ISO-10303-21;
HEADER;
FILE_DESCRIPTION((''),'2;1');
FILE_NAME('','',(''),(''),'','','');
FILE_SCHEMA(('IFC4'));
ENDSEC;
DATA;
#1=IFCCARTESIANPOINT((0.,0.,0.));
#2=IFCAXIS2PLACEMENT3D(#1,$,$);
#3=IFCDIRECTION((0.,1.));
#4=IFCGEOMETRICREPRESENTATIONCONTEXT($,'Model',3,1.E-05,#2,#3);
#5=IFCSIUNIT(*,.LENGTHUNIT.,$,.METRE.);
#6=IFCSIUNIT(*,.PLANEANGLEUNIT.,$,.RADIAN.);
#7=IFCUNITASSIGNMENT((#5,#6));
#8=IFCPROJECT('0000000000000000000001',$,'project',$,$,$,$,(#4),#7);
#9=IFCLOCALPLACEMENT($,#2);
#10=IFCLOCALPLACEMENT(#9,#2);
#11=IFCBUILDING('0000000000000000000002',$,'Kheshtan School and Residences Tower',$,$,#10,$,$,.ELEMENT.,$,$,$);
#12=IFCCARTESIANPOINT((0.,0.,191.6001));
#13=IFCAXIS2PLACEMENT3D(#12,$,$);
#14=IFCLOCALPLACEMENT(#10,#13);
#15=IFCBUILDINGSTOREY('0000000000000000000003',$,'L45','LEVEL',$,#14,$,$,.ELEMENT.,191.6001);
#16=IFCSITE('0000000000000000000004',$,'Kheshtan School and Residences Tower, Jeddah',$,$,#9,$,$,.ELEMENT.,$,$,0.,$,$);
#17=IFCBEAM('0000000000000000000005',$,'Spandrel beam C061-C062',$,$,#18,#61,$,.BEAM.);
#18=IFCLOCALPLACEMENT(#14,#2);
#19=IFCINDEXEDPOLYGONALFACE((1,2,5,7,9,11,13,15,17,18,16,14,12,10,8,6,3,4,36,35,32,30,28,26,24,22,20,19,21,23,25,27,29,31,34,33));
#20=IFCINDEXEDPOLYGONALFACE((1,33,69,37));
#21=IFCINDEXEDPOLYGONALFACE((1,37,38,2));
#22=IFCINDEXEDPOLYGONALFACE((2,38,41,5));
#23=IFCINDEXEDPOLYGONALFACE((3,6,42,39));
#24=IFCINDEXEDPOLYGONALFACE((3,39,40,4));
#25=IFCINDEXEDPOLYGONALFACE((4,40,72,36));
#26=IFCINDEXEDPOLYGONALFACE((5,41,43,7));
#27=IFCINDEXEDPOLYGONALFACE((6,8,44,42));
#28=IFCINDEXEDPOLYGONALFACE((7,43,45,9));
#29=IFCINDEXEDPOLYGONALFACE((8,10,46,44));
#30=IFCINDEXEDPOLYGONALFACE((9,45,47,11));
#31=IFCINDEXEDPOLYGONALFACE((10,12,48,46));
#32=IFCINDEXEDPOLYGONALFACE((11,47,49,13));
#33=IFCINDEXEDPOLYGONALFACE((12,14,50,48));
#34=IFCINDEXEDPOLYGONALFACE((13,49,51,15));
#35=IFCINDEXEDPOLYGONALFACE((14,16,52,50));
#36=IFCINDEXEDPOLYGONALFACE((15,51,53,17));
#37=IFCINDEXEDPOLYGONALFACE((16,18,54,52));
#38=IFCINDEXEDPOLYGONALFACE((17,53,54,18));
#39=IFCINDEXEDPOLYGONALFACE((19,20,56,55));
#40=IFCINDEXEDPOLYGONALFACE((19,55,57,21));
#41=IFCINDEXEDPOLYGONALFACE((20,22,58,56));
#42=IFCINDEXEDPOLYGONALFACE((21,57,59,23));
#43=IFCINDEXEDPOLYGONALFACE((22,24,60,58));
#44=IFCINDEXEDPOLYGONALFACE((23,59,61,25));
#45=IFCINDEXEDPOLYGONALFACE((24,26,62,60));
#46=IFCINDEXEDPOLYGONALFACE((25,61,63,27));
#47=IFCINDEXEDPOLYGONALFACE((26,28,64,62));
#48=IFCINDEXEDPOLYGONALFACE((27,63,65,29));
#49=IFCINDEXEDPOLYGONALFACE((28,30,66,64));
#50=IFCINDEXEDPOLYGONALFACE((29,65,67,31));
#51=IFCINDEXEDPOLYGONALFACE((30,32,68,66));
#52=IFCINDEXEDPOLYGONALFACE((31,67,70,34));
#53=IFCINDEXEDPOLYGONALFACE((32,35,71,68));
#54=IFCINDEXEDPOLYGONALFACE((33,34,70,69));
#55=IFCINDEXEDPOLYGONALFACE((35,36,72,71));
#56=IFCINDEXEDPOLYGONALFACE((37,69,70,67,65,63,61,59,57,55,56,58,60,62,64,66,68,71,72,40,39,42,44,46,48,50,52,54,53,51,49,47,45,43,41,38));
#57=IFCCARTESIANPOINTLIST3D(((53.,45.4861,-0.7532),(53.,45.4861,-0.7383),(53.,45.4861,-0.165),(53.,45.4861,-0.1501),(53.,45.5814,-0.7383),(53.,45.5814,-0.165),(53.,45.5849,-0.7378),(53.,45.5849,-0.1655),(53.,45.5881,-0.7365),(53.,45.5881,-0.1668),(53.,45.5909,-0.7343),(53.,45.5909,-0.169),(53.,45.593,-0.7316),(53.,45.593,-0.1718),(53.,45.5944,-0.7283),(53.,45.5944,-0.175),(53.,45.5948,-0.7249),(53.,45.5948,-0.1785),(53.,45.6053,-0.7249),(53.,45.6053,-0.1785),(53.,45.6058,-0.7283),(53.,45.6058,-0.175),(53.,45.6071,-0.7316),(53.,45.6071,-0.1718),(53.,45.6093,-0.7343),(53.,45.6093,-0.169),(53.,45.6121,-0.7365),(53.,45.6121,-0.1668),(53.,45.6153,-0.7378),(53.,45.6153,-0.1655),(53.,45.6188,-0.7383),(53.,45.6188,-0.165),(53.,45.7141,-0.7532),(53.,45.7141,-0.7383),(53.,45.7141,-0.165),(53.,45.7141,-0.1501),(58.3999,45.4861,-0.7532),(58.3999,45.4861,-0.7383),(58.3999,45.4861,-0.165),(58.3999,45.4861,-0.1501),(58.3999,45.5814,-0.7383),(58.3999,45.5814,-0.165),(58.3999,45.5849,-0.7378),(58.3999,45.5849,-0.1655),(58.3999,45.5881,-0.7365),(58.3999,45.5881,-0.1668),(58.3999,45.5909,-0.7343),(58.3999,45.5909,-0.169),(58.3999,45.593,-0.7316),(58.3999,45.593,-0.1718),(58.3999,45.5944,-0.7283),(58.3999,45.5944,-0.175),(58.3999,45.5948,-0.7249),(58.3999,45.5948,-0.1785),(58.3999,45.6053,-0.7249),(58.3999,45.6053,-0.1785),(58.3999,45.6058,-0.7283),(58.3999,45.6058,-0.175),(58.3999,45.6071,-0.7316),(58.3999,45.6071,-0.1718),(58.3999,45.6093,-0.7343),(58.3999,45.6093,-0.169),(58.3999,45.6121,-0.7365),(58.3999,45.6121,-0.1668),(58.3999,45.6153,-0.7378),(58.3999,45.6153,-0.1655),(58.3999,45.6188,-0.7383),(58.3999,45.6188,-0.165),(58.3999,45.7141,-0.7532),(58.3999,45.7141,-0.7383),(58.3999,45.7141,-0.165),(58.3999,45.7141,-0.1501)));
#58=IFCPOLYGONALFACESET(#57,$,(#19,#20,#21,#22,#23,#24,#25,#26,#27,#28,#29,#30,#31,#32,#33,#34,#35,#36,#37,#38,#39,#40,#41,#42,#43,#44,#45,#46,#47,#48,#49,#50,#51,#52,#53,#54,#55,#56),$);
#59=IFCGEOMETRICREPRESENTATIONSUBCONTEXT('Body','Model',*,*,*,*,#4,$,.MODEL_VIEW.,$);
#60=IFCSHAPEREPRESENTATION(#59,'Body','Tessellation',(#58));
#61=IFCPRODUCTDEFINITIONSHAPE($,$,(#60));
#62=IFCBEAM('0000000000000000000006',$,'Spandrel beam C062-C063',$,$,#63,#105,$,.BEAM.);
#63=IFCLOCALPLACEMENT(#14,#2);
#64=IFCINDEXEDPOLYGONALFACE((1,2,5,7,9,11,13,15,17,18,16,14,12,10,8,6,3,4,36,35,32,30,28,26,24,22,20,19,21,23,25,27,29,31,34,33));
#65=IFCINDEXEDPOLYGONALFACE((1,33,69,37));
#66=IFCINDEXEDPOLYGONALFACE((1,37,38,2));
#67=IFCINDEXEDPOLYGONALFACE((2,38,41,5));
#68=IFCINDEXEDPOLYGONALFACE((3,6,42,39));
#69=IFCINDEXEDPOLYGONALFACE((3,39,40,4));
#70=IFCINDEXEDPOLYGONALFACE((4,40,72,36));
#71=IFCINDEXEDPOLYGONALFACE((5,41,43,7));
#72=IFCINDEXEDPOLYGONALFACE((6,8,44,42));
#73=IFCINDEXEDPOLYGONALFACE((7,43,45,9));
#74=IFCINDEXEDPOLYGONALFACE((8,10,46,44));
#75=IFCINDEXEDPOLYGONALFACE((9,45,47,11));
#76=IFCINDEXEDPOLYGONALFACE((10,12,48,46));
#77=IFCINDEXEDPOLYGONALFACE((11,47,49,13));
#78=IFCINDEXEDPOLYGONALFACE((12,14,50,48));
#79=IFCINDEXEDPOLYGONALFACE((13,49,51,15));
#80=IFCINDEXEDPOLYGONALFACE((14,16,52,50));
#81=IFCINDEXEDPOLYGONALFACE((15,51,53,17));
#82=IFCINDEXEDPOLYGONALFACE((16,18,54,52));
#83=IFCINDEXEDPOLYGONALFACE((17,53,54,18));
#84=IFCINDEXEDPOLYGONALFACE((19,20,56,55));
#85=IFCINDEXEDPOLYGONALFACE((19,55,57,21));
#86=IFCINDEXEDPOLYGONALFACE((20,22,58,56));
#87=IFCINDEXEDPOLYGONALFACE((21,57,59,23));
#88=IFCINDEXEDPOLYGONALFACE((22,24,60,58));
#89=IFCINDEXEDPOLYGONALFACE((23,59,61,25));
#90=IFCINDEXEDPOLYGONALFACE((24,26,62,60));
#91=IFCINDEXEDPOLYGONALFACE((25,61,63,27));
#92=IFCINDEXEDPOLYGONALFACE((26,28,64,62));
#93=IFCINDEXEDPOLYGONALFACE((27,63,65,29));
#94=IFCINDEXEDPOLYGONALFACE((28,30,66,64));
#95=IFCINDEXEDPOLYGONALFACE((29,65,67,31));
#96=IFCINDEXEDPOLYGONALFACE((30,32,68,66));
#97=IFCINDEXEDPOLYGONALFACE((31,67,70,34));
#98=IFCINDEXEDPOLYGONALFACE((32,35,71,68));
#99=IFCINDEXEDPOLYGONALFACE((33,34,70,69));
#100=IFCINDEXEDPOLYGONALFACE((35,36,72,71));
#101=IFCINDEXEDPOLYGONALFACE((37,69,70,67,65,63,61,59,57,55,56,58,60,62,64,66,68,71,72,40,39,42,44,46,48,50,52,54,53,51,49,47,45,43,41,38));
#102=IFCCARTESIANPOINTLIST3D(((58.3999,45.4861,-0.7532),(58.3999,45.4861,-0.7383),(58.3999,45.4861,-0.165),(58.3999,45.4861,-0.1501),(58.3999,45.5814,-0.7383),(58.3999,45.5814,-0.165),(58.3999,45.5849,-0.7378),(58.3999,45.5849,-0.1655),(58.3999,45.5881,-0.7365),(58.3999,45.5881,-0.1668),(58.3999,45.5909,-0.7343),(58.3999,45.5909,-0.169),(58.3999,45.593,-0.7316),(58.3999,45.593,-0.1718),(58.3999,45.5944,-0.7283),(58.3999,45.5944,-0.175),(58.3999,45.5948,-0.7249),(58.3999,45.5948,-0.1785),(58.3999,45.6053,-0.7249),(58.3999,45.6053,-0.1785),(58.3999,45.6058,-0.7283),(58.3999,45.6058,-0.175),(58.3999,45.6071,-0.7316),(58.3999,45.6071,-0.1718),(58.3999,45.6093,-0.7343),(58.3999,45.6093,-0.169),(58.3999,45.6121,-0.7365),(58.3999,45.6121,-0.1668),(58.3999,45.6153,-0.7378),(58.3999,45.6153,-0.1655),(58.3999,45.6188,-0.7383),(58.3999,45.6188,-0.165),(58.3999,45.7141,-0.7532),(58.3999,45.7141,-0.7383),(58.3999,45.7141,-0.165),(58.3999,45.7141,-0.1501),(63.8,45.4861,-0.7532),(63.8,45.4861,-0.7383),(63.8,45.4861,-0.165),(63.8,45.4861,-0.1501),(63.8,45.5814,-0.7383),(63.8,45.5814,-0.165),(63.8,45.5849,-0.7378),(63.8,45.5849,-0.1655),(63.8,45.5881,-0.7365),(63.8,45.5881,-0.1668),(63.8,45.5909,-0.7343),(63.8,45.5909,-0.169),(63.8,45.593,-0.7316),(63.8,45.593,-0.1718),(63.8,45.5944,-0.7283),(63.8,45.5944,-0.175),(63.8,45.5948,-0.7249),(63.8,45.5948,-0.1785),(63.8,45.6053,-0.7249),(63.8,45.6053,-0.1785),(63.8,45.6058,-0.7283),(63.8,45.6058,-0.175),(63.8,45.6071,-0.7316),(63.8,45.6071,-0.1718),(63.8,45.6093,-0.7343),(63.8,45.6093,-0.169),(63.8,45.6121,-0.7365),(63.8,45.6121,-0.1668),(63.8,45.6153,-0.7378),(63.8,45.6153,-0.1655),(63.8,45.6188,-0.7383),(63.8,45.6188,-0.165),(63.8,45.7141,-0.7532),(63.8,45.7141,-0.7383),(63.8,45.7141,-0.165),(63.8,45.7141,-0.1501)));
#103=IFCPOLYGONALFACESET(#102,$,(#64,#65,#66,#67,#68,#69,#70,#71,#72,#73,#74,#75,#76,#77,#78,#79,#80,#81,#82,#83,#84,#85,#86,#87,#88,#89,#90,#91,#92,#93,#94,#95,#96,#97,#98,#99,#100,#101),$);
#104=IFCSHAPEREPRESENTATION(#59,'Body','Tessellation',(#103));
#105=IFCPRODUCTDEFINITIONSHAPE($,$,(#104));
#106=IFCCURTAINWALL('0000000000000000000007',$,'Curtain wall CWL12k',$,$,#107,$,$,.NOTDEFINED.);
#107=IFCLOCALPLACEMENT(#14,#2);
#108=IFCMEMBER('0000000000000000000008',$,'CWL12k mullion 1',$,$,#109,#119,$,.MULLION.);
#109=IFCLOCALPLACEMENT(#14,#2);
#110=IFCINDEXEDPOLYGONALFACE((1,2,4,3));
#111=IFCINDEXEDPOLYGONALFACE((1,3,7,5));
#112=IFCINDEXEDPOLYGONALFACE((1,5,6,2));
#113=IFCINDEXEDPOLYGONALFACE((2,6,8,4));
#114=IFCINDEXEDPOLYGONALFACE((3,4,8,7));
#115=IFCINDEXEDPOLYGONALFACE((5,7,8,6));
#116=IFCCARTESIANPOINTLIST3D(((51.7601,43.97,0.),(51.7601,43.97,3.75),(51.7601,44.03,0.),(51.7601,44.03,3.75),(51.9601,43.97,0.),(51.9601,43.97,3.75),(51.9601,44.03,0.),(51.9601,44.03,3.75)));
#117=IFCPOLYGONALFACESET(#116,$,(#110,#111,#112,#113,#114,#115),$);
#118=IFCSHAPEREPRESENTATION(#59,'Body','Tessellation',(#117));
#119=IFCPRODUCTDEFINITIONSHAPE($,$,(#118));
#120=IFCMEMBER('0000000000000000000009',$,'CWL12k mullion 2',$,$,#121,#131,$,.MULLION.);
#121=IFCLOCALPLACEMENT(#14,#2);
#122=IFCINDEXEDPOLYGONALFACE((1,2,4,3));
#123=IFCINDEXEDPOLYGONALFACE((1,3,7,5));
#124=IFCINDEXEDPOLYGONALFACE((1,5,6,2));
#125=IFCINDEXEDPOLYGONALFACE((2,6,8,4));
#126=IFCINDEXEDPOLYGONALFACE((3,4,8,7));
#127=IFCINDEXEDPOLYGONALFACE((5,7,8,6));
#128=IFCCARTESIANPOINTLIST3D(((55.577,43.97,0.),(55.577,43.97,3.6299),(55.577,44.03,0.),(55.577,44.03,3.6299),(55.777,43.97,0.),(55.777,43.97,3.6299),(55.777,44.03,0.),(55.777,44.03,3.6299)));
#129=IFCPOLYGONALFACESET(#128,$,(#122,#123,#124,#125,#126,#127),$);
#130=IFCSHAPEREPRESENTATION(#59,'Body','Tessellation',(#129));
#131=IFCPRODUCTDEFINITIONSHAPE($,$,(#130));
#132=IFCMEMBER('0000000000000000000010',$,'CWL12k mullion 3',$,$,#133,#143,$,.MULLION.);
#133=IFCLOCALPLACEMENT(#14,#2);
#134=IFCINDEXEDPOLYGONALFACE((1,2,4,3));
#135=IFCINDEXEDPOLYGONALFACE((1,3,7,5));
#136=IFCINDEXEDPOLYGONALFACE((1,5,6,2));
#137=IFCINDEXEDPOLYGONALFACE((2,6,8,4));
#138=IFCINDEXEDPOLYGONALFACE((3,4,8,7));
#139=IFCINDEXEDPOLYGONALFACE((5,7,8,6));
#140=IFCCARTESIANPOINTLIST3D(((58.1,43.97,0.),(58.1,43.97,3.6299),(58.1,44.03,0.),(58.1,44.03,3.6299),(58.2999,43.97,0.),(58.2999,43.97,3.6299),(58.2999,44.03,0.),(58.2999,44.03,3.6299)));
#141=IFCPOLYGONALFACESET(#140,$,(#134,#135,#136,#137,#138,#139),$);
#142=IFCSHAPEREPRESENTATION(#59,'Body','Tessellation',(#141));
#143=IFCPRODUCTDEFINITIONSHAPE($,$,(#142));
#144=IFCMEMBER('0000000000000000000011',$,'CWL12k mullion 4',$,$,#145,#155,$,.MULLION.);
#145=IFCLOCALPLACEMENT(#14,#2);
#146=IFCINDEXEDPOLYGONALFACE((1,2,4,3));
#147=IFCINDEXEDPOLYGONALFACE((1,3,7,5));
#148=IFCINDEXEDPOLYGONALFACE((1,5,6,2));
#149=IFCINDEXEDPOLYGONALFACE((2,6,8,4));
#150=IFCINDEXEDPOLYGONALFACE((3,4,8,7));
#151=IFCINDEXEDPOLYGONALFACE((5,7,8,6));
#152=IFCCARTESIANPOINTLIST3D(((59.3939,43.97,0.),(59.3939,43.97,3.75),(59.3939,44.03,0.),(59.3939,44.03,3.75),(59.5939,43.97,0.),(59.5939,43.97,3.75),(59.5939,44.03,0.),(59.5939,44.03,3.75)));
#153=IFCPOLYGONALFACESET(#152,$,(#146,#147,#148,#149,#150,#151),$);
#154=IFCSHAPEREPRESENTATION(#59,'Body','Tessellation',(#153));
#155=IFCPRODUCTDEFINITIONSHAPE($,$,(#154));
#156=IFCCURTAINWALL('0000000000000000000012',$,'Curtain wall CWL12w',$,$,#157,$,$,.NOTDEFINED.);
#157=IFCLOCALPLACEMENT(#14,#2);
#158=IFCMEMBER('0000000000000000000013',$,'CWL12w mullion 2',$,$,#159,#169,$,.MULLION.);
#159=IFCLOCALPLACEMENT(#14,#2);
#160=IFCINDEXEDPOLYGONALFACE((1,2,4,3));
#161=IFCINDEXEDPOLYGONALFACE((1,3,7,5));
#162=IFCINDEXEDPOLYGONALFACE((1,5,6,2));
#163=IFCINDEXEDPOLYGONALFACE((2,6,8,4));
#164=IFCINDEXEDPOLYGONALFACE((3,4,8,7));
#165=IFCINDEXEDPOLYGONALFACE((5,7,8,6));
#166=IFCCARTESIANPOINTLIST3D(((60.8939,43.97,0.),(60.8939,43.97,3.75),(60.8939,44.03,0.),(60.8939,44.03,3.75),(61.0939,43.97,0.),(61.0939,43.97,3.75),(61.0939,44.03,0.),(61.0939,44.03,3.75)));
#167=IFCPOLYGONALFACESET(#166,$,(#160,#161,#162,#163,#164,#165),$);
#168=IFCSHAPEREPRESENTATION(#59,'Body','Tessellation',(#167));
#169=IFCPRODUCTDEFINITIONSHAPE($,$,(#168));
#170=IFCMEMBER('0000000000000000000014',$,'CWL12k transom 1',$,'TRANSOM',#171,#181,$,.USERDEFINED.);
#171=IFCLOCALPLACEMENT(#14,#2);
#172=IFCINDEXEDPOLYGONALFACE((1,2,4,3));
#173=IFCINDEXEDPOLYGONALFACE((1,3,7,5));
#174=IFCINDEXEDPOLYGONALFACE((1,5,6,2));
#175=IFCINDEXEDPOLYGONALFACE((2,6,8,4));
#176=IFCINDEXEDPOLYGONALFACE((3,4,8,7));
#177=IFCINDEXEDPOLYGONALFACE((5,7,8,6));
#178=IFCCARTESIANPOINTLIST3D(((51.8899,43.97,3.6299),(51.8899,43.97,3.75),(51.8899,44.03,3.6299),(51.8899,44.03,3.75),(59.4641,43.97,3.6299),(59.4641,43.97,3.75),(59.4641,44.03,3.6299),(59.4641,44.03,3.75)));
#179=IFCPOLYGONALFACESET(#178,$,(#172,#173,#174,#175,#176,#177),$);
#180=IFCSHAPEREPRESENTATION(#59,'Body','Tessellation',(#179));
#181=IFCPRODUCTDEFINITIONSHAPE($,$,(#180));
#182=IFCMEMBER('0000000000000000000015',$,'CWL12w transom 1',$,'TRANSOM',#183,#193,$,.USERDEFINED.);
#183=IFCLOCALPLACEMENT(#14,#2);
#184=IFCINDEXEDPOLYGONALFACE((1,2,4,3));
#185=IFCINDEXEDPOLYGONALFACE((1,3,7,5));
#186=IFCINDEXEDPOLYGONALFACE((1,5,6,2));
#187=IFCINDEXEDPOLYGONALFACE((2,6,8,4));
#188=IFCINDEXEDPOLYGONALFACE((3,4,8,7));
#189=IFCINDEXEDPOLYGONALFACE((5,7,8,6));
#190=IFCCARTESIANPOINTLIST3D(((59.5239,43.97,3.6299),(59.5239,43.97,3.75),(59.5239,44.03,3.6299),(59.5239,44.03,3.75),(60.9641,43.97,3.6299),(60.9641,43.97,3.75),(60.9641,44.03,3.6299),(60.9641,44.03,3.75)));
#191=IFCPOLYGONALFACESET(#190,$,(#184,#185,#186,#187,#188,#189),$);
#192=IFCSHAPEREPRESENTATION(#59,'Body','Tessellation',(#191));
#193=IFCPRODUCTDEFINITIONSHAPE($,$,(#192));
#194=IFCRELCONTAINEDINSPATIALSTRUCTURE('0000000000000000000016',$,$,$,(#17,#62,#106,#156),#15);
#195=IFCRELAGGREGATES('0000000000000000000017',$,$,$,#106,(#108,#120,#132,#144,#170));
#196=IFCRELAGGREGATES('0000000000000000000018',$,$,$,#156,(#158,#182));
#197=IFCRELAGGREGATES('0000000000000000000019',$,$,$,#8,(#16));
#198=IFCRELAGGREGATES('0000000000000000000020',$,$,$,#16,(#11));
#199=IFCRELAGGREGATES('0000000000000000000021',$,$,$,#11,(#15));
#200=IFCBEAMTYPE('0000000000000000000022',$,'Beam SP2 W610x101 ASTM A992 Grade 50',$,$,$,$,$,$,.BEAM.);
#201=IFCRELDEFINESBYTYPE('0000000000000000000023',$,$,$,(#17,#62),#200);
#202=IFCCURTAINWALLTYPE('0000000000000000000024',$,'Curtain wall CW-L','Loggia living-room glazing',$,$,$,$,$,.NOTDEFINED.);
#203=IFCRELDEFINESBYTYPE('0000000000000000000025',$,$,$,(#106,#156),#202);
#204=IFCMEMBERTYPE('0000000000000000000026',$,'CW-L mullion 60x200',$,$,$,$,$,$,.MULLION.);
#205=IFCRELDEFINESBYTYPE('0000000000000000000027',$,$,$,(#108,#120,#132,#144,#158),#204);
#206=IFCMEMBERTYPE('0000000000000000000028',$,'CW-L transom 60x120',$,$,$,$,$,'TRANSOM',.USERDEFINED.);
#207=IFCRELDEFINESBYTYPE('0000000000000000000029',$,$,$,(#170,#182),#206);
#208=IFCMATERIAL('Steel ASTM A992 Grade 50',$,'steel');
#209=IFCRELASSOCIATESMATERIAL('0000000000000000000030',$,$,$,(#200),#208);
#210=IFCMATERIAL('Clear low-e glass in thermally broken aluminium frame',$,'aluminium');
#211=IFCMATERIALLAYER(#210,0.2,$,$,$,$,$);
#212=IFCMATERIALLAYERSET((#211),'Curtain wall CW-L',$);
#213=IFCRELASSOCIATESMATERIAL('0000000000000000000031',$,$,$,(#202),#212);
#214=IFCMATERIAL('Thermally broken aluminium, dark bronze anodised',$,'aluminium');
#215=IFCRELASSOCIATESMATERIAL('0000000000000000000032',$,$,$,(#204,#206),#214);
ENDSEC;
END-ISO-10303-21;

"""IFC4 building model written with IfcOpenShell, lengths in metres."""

from ifc_helpers import new_model, si_unit, direction, frame, origin, origin_2d, place, context, subcontext, project, spatial, rectangle, i_section, extrude, material, layer, layer_set, material_profile, profile_set, type_object, element, aggregate, save


model = new_model("IFC4")

# Units and contexts
model_context = context("Model", 3, precision=1e-05, world=origin(), true_north=direction((0.0, 1.0)))
body_context = subcontext(model_context, "Body", "Model", "MODEL_VIEW")
ifc_project = project(units=[si_unit("LENGTHUNIT", "METRE"), si_unit("PLANEANGLEUNIT", "RADIAN")], contexts=[model_context])

# Site, building, storey
site_placement = place(None, origin())
site = spatial("IfcSite", under=ifc_project, at=site_placement, Name="Kheshtan School and Residences Tower, Jeddah", CompositionType="ELEMENT", RefElevation=0.0)
building_placement = place(site_placement, origin())
building = spatial("IfcBuilding", under=site, at=building_placement, Name="Kheshtan School and Residences Tower", CompositionType="ELEMENT")
storey_placement = place(building_placement, frame((0.0, 0.0, 191.6001)))
storey = spatial("IfcBuildingStorey", under=building, at=storey_placement, Name="L45", Description="LEVEL", CompositionType="ELEMENT", Elevation=191.6001)

# Shared definitions
ifc_material_1 = material(Name="Steel ASTM A992 Grade 50", Category="steel")

# Beams
ifc_material_profile_1 = material_profile(ifc_material_1, i_section(OverallWidth=0.228, OverallDepth=0.603, WebThickness=0.0105, FlangeThickness=0.0149, FilletRadius=0.0134, at=origin_2d()), Name="W610x101")
ifc_profile_set_1 = profile_set([ifc_material_profile_1], Name="Steel ASTM A992 Grade 50")
beam_type = type_object("IfcBeamType", Name="Beam SP2 W610x101 ASTM A992 Grade 50", PredefinedType="BEAM", material=ifc_profile_set_1)
beam_1_placement = place(storey_placement, frame((53.0, 45.6001, -0.4517), z_axis=(1.0, 0.0, 0.0), x_axis=(0.0, 1.0, 0.0)))
element("IfcBeam", 1, at=beam_1_placement, inside=storey, type_object=beam_type, Name="Spandrel beam C061-C062", PredefinedType="BEAM", context=body_context, shape_type="SweptSolid", body=[
    extrude(i_section(OverallWidth=0.228, OverallDepth=0.603, WebThickness=0.0105, FlangeThickness=0.0149, FilletRadius=0.0134, at=origin_2d()), origin(), (0.0, 0.0, 1.0), 5.3999),
])
beam_2_placement = place(storey_placement, frame((58.3999, 45.6001, -0.4517), z_axis=(1.0, 0.0, 0.0), x_axis=(0.0, 1.0, 0.0)))
element("IfcBeam", 2, at=beam_2_placement, inside=storey, type_object=beam_type, Name="Spandrel beam C062-C063", PredefinedType="BEAM", context=body_context, shape_type="SweptSolid", body=[
    extrude(i_section(OverallWidth=0.228, OverallDepth=0.603, WebThickness=0.0105, FlangeThickness=0.0149, FilletRadius=0.0134, at=origin_2d()), origin(), (0.0, 0.0, 1.0), 5.4001),
])

# Curtain wall, members
ifc_material_2 = material(Name="Clear low-e glass in thermally broken aluminium frame", Category="aluminium")
ifc_layer_1 = layer(ifc_material_2, 0.2)
ifc_layer_set_1 = layer_set([ifc_layer_1], Name="Curtain wall CW-L")
curtain_wall_type = type_object("IfcCurtainWallType", Name="Curtain wall CW-L", Description="Loggia living-room glazing", PredefinedType="NOTDEFINED", material=ifc_layer_set_1)
curtain_wall_1_placement = place(storey_placement, origin())
curtain_wall_1 = element("IfcCurtainWall", 3, at=curtain_wall_1_placement, inside=storey, type_object=curtain_wall_type, Name="Curtain wall CWL12k", PredefinedType="NOTDEFINED")
ifc_material_3 = material(Name="Thermally broken aluminium, dark bronze anodised", Category="aluminium")
ifc_material_profile_2 = material_profile(ifc_material_3, rectangle(XDim=0.0601, YDim=0.2, at=origin_2d()), Name="CW-L mullion 60x200")
ifc_profile_set_2 = profile_set([ifc_material_profile_2], Name="Thermally broken aluminium, dark bronze anodised")
member_type_1 = type_object("IfcMemberType", Name="CW-L mullion 60x200", PredefinedType="MULLION", material=ifc_profile_set_2)
member_1_placement = place(storey_placement, frame((51.8601, 44.0, 0.0), z_axis=(0.0, 0.0, 1.0), x_axis=(0.0, 1.0, 0.0)))
member_1 = element("IfcMember", 4, at=member_1_placement, type_object=member_type_1, Name="CWL12k mullion 1", PredefinedType="MULLION", context=body_context, shape_type="SweptSolid", body=[
    extrude(rectangle(XDim=0.0601, YDim=0.2, at=origin_2d()), origin(), (0.0, 0.0, 1.0), 3.75),
])
member_2_placement = place(storey_placement, frame((55.677, 44.0, 0.0), z_axis=(0.0, 0.0, 1.0), x_axis=(0.0, 1.0, 0.0)))
member_2 = element("IfcMember", 5, at=member_2_placement, type_object=member_type_1, Name="CWL12k mullion 2", PredefinedType="MULLION", context=body_context, shape_type="SweptSolid", body=[
    extrude(rectangle(XDim=0.0601, YDim=0.2, at=origin_2d()), origin(), (0.0, 0.0, 1.0), 3.6299),
])
member_3_placement = place(storey_placement, frame((58.2, 44.0, 0.0), z_axis=(0.0, 0.0, 1.0), x_axis=(0.0, 1.0, 0.0)))
member_3 = element("IfcMember", 6, at=member_3_placement, type_object=member_type_1, Name="CWL12k mullion 3", PredefinedType="MULLION", context=body_context, shape_type="SweptSolid", body=[
    extrude(rectangle(XDim=0.0601, YDim=0.2, at=origin_2d()), origin(), (0.0, 0.0, 1.0), 3.6299),
])
member_4_placement = place(storey_placement, frame((59.4939, 44.0, 0.0), z_axis=(0.0, 0.0, 1.0), x_axis=(0.0, 1.0, 0.0)))
member_4 = element("IfcMember", 7, at=member_4_placement, type_object=member_type_1, Name="CWL12k mullion 4", PredefinedType="MULLION", context=body_context, shape_type="SweptSolid", body=[
    extrude(rectangle(XDim=0.0601, YDim=0.2, at=origin_2d()), origin(), (0.0, 0.0, 1.0), 3.75),
])

# Curtain wall, member
curtain_wall_2_placement = place(storey_placement, origin())
curtain_wall_2 = element("IfcCurtainWall", 8, at=curtain_wall_2_placement, inside=storey, type_object=curtain_wall_type, Name="Curtain wall CWL12w", PredefinedType="NOTDEFINED")
member_5_placement = place(storey_placement, frame((60.9939, 44.0, 0.0), z_axis=(0.0, 0.0, 1.0), x_axis=(0.0, 1.0, 0.0)))
member_5 = element("IfcMember", 9, at=member_5_placement, type_object=member_type_1, Name="CWL12w mullion 2", PredefinedType="MULLION", context=body_context, shape_type="SweptSolid", body=[
    extrude(rectangle(XDim=0.0601, YDim=0.2, at=origin_2d()), origin(), (0.0, 0.0, 1.0), 3.75),
])

# Members
ifc_material_profile_3 = material_profile(ifc_material_3, rectangle(XDim=0.0601, YDim=0.1201, at=origin_2d()), Name="CW-L transom 60x120")
ifc_profile_set_3 = profile_set([ifc_material_profile_3], Name="Thermally broken aluminium, dark bronze anodised")
member_type_2 = type_object("IfcMemberType", Name="CW-L transom 60x120", ElementType="TRANSOM", PredefinedType="USERDEFINED", material=ifc_profile_set_3)
member_6_placement = place(storey_placement, frame((51.8899, 44.0, 3.6899), z_axis=(1.0, 0.0, 0.0), x_axis=(0.0, 1.0, 0.0)))
member_6 = element("IfcMember", 10, at=member_6_placement, type_object=member_type_2, Name="CWL12k transom 1", ObjectType="TRANSOM", PredefinedType="USERDEFINED", context=body_context, shape_type="SweptSolid", body=[
    extrude(rectangle(XDim=0.0601, YDim=0.1201, at=origin_2d()), origin(), (0.0, 0.0, 1.0), 7.5742),
])
member_7_placement = place(storey_placement, frame((59.5239, 44.0, 3.6899), z_axis=(1.0, 0.0, 0.0), x_axis=(0.0, 1.0, 0.0)))
member_7 = element("IfcMember", 11, at=member_7_placement, type_object=member_type_2, Name="CWL12w transom 1", ObjectType="TRANSOM", PredefinedType="USERDEFINED", context=body_context, shape_type="SweptSolid", body=[
    extrude(rectangle(XDim=0.0601, YDim=0.1201, at=origin_2d()), origin(), (0.0, 0.0, 1.0), 1.4402),
])

aggregate(curtain_wall_1, [member_1, member_2, member_3, member_4, member_6])
aggregate(curtain_wall_2, [member_5, member_7])

save(model, "model.ifc")
